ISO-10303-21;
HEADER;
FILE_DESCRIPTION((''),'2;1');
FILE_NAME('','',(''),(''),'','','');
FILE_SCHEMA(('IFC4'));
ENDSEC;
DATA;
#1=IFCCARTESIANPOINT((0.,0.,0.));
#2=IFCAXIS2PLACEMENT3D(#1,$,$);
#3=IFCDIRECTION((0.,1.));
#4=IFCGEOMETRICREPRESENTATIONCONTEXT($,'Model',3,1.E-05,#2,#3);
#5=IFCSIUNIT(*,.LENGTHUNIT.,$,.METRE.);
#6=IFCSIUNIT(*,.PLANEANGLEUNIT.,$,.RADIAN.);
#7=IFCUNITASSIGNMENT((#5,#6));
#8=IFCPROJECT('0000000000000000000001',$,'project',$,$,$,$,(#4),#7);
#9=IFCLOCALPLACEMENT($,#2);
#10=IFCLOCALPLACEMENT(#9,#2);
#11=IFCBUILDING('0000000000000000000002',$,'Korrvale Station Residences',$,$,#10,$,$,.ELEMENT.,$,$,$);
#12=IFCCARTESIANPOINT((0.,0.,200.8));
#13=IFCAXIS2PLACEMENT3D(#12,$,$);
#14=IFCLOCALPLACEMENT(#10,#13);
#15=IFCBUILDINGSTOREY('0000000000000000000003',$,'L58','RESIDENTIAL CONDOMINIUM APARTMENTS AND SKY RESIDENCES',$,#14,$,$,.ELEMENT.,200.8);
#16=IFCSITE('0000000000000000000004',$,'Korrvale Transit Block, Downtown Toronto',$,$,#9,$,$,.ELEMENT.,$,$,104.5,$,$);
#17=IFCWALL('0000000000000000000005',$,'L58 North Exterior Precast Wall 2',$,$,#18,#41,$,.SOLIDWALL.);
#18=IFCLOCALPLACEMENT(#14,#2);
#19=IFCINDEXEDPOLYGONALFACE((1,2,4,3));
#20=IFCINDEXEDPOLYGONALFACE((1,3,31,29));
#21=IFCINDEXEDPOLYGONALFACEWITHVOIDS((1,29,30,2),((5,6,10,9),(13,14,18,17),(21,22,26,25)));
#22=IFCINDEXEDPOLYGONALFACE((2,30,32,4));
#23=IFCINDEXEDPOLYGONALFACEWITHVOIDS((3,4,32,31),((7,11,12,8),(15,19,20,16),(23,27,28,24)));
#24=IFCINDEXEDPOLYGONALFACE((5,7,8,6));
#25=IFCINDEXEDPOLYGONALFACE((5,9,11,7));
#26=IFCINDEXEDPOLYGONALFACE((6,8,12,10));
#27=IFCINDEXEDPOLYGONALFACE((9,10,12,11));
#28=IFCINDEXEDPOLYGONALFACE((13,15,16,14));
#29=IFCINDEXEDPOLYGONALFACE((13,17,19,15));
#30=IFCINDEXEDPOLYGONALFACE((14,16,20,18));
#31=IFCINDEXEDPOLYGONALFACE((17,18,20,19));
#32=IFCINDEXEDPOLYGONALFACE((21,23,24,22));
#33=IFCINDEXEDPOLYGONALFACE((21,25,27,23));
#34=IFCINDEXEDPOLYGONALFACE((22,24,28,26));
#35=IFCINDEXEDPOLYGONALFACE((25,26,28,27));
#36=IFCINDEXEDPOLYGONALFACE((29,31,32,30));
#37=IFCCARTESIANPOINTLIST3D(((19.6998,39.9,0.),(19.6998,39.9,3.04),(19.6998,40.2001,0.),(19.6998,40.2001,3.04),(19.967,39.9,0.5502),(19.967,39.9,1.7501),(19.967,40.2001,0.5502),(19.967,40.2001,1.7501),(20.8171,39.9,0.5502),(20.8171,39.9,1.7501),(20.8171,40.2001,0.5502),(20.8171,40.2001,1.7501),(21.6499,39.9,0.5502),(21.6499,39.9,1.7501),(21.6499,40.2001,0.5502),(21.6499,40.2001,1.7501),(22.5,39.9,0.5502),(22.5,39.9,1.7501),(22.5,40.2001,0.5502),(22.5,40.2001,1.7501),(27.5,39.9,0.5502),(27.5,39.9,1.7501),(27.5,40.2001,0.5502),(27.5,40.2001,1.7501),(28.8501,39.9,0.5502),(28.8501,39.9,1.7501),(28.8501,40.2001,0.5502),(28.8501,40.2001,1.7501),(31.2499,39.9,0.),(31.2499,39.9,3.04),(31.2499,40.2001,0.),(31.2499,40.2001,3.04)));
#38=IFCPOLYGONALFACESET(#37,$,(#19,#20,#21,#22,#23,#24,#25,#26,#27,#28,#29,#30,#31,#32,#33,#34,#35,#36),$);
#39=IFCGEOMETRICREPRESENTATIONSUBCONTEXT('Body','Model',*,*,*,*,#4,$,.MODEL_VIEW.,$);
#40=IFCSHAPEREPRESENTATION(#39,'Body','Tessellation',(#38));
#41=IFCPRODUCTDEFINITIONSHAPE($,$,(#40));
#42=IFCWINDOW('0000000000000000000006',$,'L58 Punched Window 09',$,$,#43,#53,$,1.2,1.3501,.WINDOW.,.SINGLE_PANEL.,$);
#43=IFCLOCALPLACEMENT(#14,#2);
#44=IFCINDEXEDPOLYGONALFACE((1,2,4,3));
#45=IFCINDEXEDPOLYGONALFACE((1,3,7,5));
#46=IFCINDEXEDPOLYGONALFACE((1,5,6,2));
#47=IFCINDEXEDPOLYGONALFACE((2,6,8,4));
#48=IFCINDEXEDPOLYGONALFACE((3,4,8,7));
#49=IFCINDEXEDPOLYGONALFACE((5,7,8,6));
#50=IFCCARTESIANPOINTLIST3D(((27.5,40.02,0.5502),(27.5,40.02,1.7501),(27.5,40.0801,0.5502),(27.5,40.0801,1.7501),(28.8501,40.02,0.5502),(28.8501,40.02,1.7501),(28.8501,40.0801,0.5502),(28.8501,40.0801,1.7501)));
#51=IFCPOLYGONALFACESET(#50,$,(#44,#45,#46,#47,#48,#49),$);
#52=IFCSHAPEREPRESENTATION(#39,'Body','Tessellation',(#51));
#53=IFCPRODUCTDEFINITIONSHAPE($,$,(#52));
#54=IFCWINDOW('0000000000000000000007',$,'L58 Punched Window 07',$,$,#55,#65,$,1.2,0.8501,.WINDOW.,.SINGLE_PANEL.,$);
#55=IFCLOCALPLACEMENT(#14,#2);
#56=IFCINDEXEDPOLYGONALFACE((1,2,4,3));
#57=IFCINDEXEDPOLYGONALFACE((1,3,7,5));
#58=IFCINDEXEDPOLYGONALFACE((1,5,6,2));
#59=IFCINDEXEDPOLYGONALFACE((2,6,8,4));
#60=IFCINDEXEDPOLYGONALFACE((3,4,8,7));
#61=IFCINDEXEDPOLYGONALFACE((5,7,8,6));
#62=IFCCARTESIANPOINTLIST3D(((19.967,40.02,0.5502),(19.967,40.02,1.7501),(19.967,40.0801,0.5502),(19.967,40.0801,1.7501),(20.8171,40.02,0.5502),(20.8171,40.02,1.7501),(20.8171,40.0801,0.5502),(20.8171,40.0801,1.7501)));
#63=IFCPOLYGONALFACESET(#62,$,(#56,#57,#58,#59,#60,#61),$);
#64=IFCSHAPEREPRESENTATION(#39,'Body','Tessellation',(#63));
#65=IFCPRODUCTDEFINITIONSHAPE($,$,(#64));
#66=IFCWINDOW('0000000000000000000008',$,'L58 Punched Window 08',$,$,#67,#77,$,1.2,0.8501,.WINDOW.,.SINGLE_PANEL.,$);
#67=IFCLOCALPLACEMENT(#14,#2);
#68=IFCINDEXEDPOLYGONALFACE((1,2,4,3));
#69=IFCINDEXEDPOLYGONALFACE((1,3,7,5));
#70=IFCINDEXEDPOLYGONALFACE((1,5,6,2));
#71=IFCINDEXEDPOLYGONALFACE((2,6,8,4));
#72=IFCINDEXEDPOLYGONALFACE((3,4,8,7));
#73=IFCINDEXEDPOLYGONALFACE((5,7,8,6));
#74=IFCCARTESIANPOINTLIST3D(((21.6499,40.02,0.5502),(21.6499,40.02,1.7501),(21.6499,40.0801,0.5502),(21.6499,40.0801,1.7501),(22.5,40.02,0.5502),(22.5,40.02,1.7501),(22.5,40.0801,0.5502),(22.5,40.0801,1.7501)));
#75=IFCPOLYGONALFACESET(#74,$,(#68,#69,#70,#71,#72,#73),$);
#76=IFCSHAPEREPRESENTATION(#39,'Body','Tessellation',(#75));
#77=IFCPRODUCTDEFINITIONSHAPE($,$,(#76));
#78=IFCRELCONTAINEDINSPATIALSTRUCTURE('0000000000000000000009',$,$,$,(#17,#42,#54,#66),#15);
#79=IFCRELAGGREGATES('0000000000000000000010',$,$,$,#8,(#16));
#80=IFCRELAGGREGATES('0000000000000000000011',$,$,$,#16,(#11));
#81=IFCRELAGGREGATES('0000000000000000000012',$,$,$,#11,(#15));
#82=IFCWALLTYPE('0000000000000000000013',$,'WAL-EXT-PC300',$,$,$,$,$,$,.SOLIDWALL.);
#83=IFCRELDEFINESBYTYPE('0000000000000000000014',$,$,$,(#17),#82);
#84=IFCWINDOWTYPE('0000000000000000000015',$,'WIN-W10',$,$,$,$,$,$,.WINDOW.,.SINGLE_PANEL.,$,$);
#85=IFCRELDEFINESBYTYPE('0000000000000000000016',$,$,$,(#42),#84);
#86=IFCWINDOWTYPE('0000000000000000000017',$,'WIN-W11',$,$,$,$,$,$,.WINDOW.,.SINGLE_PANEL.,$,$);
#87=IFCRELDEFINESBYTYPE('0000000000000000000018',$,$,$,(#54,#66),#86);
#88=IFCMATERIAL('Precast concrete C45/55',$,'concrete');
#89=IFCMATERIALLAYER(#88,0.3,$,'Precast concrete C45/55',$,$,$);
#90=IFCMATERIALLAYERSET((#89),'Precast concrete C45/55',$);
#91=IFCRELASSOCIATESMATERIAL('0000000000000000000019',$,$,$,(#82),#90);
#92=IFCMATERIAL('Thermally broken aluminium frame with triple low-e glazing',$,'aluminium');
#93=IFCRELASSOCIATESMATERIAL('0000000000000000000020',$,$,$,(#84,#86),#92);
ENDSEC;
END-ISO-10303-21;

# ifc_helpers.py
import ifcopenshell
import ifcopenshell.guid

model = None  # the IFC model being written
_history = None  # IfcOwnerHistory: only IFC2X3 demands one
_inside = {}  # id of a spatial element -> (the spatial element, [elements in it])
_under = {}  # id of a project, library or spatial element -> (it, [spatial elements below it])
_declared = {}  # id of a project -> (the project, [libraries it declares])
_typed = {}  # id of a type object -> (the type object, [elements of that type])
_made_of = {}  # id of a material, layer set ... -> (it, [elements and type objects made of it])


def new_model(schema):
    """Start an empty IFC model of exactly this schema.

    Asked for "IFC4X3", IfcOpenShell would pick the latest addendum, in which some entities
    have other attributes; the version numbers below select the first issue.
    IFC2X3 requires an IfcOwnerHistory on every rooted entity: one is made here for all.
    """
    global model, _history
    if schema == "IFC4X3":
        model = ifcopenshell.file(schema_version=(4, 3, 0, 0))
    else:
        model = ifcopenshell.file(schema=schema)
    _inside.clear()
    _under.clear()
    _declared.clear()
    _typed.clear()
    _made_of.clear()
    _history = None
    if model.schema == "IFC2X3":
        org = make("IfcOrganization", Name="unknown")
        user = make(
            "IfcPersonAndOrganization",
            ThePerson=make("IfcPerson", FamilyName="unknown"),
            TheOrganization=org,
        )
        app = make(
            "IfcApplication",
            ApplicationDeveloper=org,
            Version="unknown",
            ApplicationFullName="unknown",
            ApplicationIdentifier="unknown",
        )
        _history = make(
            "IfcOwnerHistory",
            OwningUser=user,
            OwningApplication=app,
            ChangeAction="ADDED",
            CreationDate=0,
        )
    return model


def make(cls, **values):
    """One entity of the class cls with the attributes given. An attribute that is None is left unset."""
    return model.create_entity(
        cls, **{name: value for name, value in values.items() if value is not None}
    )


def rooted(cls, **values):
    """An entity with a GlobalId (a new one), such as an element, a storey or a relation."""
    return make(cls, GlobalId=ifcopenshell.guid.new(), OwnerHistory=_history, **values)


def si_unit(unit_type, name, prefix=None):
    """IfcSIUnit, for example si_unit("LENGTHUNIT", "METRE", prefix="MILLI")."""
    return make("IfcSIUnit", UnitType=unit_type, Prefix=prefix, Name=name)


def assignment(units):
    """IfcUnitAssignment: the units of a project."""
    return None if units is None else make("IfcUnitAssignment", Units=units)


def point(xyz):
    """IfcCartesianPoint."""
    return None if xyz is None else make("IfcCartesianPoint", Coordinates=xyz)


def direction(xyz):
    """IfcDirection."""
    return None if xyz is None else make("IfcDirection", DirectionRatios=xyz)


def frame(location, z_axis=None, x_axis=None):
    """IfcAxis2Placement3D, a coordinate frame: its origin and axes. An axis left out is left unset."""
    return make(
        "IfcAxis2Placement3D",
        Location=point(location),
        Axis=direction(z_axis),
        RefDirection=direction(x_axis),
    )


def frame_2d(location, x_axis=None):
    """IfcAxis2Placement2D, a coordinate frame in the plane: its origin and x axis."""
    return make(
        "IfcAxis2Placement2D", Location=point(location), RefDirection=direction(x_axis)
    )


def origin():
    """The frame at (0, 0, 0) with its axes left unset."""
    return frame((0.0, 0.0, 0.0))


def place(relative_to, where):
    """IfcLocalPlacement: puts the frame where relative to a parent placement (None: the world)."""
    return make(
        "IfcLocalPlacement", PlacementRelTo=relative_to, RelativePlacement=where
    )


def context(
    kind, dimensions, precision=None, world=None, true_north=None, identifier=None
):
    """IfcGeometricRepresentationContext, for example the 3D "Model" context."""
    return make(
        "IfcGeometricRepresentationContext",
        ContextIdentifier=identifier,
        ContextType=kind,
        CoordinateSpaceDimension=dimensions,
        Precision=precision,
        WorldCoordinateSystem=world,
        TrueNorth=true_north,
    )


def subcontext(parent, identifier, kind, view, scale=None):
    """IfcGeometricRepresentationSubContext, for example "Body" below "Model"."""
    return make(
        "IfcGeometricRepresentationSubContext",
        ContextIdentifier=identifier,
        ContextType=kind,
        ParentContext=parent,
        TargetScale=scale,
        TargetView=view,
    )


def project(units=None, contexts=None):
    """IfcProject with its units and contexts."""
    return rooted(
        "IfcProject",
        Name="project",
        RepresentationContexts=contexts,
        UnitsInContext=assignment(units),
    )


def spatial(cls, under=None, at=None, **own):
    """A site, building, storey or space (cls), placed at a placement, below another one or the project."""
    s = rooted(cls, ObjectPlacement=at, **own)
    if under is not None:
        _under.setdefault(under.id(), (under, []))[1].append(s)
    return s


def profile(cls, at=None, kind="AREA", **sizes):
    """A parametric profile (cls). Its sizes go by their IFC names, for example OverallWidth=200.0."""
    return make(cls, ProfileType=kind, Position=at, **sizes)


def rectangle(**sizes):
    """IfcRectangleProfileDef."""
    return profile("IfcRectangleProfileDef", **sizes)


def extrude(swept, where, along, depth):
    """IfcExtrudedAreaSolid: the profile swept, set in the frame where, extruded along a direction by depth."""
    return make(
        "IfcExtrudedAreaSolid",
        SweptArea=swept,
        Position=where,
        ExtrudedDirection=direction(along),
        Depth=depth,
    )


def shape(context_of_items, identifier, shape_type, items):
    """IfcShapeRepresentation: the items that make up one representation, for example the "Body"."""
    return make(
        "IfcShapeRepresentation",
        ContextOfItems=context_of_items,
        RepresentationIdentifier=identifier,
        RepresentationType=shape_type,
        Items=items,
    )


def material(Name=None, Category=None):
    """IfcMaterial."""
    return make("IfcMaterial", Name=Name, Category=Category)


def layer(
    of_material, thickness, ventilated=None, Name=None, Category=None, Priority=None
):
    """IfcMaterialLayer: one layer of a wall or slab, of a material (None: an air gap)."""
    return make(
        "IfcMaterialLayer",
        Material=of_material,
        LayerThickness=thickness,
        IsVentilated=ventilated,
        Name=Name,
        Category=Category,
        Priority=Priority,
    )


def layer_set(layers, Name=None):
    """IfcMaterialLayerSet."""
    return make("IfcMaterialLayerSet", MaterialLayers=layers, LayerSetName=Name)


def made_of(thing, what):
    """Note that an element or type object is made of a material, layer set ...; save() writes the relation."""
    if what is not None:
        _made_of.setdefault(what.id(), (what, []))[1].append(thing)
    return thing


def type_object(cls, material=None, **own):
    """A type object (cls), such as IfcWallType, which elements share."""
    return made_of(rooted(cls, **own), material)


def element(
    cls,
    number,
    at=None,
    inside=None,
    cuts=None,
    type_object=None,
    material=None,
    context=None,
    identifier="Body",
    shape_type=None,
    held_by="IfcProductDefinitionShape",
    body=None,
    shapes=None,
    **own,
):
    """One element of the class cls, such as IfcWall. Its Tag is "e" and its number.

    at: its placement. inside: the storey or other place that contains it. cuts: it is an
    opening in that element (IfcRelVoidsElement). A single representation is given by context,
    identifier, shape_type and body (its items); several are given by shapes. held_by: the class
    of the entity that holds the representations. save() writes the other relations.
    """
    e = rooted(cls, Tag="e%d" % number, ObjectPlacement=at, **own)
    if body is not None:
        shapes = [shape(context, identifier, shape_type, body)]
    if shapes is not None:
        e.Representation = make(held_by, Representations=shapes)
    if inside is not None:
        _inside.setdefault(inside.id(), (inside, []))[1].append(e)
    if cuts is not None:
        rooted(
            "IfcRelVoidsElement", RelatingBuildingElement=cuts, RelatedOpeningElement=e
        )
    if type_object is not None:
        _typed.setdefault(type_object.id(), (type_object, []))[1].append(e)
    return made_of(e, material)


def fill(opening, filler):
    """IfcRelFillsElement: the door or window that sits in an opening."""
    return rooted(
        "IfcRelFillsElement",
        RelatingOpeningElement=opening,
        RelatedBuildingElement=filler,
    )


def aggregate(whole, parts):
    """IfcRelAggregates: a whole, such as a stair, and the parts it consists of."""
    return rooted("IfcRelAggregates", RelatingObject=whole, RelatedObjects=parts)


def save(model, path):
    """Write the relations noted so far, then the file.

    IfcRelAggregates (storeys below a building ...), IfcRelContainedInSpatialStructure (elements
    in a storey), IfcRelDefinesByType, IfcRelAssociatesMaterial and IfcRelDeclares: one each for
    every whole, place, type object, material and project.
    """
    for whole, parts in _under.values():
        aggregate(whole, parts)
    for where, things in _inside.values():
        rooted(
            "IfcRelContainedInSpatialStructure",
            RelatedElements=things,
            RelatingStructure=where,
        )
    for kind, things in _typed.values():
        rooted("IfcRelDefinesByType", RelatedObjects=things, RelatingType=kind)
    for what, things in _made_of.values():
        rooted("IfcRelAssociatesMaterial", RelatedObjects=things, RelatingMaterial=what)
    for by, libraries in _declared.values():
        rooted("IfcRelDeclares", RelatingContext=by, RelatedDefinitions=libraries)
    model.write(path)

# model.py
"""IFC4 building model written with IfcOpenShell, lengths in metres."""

from ifc_helpers import new_model, si_unit, direction, frame, frame_2d, origin, place, context, subcontext, project, spatial, rectangle, extrude, material, layer, layer_set, type_object, element, fill, save


model = new_model("IFC4")

# Units and contexts
model_context = context("Model", 3, precision=1e-05, world=origin(), true_north=direction((0.0, 1.0)))
body_context = subcontext(model_context, "Body", "Model", "MODEL_VIEW")
ifc_project = project(units=[si_unit("LENGTHUNIT", "METRE"), si_unit("PLANEANGLEUNIT", "RADIAN")], contexts=[model_context])

# Site, building, storey
site_placement = place(None, origin())
site = spatial("IfcSite", under=ifc_project, at=site_placement, Name="Korrvale Transit Block, Downtown Toronto", CompositionType="ELEMENT", RefElevation=104.5)
building_placement = place(site_placement, origin())
building = spatial("IfcBuilding", under=site, at=building_placement, Name="Korrvale Station Residences", CompositionType="ELEMENT")
storey_placement = place(building_placement, frame((0.0, 0.0, 200.8)))
storey = spatial("IfcBuildingStorey", under=building, at=storey_placement, Name="L58", Description="RESIDENTIAL CONDOMINIUM APARTMENTS AND SKY RESIDENCES", CompositionType="ELEMENT", Elevation=200.8)

# Shared definitions
ifc_material_1 = material(Name="Precast concrete C45/55", Category="concrete")

# Wall, openings, windows
ifc_layer_1 = layer(ifc_material_1, 0.3, Name="Precast concrete C45/55")
ifc_layer_set_1 = layer_set([ifc_layer_1], Name="Precast concrete C45/55")
wall_type_1 = type_object("IfcWallType", Name="WAL-EXT-PC300", PredefinedType="SOLIDWALL", material=ifc_layer_set_1)
wall_1_placement = place(storey_placement, frame((19.7, 40.05, 0.0), z_axis=(0.0, 0.0, 1.0), x_axis=(1.0, 0.0, 0.0)))
wall_1 = element("IfcWall", 1, at=wall_1_placement, inside=storey, type_object=wall_type_1, Name="L58 North Exterior Precast Wall 2", PredefinedType="SOLIDWALL", context=body_context, shape_type="SweptSolid", body=[
    extrude(rectangle(XDim=11.55, YDim=0.3, at=frame_2d((5.7749, 0.0))), origin(), (0.0, 0.0, 1.0), 3.04),
])
opening_1_placement = place(wall_1_placement, frame((0.2671, 0.0, 0.55)))
opening_1 = element("IfcOpeningElement", 2, at=opening_1_placement, cuts=wall_1, PredefinedType="OPENING", context=body_context, shape_type="SweptSolid", body=[
    extrude(rectangle(XDim=0.8501, YDim=1.2, at=frame_2d((0.425, 0.6001))), frame((0.0, 0.1602, 0.0), z_axis=(0.0, -1.0, 0.0), x_axis=(1.0, 0.0, 0.0)), (0.0, 0.0, 1.0), 0.3201),
])
opening_2_placement = place(wall_1_placement, frame((1.95, 0.0, 0.55)))
opening_2 = element("IfcOpeningElement", 3, at=opening_2_placement, cuts=wall_1, PredefinedType="OPENING", context=body_context, shape_type="SweptSolid", body=[
    extrude(rectangle(XDim=0.8501, YDim=1.2, at=frame_2d((0.425, 0.6001))), frame((0.0, 0.1602, 0.0), z_axis=(0.0, -1.0, 0.0), x_axis=(1.0, 0.0, 0.0)), (0.0, 0.0, 1.0), 0.3201),
])
opening_3_placement = place(wall_1_placement, frame((7.8, 0.0, 0.55)))
opening_3 = element("IfcOpeningElement", 4, at=opening_3_placement, cuts=wall_1, PredefinedType="OPENING", context=body_context, shape_type="SweptSolid", body=[
    extrude(rectangle(XDim=1.3501, YDim=1.2, at=frame_2d((0.675, 0.6001))), frame((0.0, 0.1602, 0.0), z_axis=(0.0, -1.0, 0.0), x_axis=(1.0, 0.0, 0.0)), (0.0, 0.0, 1.0), 0.3201),
])
ifc_material_2 = material(Name="Thermally broken aluminium frame with triple low-e glazing", Category="aluminium")
window_type_1 = type_object("IfcWindowType", Name="WIN-W10", PartitioningType="SINGLE_PANEL", PredefinedType="WINDOW", material=ifc_material_2)
window_1_placement = place(opening_3_placement, origin())
window_1 = element("IfcWindow", 5, at=window_1_placement, inside=storey, type_object=window_type_1, Name="L58 Punched Window 09", OverallHeight=1.2, OverallWidth=1.3501, PartitioningType="SINGLE_PANEL", PredefinedType="WINDOW", context=body_context, shape_type="SweptSolid", body=[
    extrude(rectangle(XDim=1.3501, YDim=1.2, at=frame_2d((0.675, 0.6001))), frame((0.0, 0.03, 0.0), z_axis=(0.0, -1.0, 0.0), x_axis=(1.0, 0.0, 0.0)), (0.0, 0.0, 1.0), 0.0601),
])
fill(opening_3, window_1)
window_type_2 = type_object("IfcWindowType", Name="WIN-W11", PartitioningType="SINGLE_PANEL", PredefinedType="WINDOW", material=ifc_material_2)
window_2_placement = place(opening_1_placement, origin())
window_2 = element("IfcWindow", 6, at=window_2_placement, inside=storey, type_object=window_type_2, Name="L58 Punched Window 07", OverallHeight=1.2, OverallWidth=0.8501, PartitioningType="SINGLE_PANEL", PredefinedType="WINDOW", context=body_context, shape_type="SweptSolid", body=[
    extrude(rectangle(XDim=0.8501, YDim=1.2, at=frame_2d((0.425, 0.6001))), frame((0.0, 0.03, 0.0), z_axis=(0.0, -1.0, 0.0), x_axis=(1.0, 0.0, 0.0)), (0.0, 0.0, 1.0), 0.0601),
])
fill(opening_1, window_2)
window_3_placement = place(opening_2_placement, origin())
window_3 = element("IfcWindow", 7, at=window_3_placement, inside=storey, type_object=window_type_2, Name="L58 Punched Window 08", OverallHeight=1.2, OverallWidth=0.8501, PartitioningType="SINGLE_PANEL", PredefinedType="WINDOW", context=body_context, shape_type="SweptSolid", body=[
    extrude(rectangle(XDim=0.8501, YDim=1.2, at=frame_2d((0.425, 0.6001))), frame((0.0, 0.03, 0.0), z_axis=(0.0, -1.0, 0.0), x_axis=(1.0, 0.0, 0.0)), (0.0, 0.0, 1.0), 0.0601),
])
fill(opening_2, window_3)

save(model, "model.ifc")
